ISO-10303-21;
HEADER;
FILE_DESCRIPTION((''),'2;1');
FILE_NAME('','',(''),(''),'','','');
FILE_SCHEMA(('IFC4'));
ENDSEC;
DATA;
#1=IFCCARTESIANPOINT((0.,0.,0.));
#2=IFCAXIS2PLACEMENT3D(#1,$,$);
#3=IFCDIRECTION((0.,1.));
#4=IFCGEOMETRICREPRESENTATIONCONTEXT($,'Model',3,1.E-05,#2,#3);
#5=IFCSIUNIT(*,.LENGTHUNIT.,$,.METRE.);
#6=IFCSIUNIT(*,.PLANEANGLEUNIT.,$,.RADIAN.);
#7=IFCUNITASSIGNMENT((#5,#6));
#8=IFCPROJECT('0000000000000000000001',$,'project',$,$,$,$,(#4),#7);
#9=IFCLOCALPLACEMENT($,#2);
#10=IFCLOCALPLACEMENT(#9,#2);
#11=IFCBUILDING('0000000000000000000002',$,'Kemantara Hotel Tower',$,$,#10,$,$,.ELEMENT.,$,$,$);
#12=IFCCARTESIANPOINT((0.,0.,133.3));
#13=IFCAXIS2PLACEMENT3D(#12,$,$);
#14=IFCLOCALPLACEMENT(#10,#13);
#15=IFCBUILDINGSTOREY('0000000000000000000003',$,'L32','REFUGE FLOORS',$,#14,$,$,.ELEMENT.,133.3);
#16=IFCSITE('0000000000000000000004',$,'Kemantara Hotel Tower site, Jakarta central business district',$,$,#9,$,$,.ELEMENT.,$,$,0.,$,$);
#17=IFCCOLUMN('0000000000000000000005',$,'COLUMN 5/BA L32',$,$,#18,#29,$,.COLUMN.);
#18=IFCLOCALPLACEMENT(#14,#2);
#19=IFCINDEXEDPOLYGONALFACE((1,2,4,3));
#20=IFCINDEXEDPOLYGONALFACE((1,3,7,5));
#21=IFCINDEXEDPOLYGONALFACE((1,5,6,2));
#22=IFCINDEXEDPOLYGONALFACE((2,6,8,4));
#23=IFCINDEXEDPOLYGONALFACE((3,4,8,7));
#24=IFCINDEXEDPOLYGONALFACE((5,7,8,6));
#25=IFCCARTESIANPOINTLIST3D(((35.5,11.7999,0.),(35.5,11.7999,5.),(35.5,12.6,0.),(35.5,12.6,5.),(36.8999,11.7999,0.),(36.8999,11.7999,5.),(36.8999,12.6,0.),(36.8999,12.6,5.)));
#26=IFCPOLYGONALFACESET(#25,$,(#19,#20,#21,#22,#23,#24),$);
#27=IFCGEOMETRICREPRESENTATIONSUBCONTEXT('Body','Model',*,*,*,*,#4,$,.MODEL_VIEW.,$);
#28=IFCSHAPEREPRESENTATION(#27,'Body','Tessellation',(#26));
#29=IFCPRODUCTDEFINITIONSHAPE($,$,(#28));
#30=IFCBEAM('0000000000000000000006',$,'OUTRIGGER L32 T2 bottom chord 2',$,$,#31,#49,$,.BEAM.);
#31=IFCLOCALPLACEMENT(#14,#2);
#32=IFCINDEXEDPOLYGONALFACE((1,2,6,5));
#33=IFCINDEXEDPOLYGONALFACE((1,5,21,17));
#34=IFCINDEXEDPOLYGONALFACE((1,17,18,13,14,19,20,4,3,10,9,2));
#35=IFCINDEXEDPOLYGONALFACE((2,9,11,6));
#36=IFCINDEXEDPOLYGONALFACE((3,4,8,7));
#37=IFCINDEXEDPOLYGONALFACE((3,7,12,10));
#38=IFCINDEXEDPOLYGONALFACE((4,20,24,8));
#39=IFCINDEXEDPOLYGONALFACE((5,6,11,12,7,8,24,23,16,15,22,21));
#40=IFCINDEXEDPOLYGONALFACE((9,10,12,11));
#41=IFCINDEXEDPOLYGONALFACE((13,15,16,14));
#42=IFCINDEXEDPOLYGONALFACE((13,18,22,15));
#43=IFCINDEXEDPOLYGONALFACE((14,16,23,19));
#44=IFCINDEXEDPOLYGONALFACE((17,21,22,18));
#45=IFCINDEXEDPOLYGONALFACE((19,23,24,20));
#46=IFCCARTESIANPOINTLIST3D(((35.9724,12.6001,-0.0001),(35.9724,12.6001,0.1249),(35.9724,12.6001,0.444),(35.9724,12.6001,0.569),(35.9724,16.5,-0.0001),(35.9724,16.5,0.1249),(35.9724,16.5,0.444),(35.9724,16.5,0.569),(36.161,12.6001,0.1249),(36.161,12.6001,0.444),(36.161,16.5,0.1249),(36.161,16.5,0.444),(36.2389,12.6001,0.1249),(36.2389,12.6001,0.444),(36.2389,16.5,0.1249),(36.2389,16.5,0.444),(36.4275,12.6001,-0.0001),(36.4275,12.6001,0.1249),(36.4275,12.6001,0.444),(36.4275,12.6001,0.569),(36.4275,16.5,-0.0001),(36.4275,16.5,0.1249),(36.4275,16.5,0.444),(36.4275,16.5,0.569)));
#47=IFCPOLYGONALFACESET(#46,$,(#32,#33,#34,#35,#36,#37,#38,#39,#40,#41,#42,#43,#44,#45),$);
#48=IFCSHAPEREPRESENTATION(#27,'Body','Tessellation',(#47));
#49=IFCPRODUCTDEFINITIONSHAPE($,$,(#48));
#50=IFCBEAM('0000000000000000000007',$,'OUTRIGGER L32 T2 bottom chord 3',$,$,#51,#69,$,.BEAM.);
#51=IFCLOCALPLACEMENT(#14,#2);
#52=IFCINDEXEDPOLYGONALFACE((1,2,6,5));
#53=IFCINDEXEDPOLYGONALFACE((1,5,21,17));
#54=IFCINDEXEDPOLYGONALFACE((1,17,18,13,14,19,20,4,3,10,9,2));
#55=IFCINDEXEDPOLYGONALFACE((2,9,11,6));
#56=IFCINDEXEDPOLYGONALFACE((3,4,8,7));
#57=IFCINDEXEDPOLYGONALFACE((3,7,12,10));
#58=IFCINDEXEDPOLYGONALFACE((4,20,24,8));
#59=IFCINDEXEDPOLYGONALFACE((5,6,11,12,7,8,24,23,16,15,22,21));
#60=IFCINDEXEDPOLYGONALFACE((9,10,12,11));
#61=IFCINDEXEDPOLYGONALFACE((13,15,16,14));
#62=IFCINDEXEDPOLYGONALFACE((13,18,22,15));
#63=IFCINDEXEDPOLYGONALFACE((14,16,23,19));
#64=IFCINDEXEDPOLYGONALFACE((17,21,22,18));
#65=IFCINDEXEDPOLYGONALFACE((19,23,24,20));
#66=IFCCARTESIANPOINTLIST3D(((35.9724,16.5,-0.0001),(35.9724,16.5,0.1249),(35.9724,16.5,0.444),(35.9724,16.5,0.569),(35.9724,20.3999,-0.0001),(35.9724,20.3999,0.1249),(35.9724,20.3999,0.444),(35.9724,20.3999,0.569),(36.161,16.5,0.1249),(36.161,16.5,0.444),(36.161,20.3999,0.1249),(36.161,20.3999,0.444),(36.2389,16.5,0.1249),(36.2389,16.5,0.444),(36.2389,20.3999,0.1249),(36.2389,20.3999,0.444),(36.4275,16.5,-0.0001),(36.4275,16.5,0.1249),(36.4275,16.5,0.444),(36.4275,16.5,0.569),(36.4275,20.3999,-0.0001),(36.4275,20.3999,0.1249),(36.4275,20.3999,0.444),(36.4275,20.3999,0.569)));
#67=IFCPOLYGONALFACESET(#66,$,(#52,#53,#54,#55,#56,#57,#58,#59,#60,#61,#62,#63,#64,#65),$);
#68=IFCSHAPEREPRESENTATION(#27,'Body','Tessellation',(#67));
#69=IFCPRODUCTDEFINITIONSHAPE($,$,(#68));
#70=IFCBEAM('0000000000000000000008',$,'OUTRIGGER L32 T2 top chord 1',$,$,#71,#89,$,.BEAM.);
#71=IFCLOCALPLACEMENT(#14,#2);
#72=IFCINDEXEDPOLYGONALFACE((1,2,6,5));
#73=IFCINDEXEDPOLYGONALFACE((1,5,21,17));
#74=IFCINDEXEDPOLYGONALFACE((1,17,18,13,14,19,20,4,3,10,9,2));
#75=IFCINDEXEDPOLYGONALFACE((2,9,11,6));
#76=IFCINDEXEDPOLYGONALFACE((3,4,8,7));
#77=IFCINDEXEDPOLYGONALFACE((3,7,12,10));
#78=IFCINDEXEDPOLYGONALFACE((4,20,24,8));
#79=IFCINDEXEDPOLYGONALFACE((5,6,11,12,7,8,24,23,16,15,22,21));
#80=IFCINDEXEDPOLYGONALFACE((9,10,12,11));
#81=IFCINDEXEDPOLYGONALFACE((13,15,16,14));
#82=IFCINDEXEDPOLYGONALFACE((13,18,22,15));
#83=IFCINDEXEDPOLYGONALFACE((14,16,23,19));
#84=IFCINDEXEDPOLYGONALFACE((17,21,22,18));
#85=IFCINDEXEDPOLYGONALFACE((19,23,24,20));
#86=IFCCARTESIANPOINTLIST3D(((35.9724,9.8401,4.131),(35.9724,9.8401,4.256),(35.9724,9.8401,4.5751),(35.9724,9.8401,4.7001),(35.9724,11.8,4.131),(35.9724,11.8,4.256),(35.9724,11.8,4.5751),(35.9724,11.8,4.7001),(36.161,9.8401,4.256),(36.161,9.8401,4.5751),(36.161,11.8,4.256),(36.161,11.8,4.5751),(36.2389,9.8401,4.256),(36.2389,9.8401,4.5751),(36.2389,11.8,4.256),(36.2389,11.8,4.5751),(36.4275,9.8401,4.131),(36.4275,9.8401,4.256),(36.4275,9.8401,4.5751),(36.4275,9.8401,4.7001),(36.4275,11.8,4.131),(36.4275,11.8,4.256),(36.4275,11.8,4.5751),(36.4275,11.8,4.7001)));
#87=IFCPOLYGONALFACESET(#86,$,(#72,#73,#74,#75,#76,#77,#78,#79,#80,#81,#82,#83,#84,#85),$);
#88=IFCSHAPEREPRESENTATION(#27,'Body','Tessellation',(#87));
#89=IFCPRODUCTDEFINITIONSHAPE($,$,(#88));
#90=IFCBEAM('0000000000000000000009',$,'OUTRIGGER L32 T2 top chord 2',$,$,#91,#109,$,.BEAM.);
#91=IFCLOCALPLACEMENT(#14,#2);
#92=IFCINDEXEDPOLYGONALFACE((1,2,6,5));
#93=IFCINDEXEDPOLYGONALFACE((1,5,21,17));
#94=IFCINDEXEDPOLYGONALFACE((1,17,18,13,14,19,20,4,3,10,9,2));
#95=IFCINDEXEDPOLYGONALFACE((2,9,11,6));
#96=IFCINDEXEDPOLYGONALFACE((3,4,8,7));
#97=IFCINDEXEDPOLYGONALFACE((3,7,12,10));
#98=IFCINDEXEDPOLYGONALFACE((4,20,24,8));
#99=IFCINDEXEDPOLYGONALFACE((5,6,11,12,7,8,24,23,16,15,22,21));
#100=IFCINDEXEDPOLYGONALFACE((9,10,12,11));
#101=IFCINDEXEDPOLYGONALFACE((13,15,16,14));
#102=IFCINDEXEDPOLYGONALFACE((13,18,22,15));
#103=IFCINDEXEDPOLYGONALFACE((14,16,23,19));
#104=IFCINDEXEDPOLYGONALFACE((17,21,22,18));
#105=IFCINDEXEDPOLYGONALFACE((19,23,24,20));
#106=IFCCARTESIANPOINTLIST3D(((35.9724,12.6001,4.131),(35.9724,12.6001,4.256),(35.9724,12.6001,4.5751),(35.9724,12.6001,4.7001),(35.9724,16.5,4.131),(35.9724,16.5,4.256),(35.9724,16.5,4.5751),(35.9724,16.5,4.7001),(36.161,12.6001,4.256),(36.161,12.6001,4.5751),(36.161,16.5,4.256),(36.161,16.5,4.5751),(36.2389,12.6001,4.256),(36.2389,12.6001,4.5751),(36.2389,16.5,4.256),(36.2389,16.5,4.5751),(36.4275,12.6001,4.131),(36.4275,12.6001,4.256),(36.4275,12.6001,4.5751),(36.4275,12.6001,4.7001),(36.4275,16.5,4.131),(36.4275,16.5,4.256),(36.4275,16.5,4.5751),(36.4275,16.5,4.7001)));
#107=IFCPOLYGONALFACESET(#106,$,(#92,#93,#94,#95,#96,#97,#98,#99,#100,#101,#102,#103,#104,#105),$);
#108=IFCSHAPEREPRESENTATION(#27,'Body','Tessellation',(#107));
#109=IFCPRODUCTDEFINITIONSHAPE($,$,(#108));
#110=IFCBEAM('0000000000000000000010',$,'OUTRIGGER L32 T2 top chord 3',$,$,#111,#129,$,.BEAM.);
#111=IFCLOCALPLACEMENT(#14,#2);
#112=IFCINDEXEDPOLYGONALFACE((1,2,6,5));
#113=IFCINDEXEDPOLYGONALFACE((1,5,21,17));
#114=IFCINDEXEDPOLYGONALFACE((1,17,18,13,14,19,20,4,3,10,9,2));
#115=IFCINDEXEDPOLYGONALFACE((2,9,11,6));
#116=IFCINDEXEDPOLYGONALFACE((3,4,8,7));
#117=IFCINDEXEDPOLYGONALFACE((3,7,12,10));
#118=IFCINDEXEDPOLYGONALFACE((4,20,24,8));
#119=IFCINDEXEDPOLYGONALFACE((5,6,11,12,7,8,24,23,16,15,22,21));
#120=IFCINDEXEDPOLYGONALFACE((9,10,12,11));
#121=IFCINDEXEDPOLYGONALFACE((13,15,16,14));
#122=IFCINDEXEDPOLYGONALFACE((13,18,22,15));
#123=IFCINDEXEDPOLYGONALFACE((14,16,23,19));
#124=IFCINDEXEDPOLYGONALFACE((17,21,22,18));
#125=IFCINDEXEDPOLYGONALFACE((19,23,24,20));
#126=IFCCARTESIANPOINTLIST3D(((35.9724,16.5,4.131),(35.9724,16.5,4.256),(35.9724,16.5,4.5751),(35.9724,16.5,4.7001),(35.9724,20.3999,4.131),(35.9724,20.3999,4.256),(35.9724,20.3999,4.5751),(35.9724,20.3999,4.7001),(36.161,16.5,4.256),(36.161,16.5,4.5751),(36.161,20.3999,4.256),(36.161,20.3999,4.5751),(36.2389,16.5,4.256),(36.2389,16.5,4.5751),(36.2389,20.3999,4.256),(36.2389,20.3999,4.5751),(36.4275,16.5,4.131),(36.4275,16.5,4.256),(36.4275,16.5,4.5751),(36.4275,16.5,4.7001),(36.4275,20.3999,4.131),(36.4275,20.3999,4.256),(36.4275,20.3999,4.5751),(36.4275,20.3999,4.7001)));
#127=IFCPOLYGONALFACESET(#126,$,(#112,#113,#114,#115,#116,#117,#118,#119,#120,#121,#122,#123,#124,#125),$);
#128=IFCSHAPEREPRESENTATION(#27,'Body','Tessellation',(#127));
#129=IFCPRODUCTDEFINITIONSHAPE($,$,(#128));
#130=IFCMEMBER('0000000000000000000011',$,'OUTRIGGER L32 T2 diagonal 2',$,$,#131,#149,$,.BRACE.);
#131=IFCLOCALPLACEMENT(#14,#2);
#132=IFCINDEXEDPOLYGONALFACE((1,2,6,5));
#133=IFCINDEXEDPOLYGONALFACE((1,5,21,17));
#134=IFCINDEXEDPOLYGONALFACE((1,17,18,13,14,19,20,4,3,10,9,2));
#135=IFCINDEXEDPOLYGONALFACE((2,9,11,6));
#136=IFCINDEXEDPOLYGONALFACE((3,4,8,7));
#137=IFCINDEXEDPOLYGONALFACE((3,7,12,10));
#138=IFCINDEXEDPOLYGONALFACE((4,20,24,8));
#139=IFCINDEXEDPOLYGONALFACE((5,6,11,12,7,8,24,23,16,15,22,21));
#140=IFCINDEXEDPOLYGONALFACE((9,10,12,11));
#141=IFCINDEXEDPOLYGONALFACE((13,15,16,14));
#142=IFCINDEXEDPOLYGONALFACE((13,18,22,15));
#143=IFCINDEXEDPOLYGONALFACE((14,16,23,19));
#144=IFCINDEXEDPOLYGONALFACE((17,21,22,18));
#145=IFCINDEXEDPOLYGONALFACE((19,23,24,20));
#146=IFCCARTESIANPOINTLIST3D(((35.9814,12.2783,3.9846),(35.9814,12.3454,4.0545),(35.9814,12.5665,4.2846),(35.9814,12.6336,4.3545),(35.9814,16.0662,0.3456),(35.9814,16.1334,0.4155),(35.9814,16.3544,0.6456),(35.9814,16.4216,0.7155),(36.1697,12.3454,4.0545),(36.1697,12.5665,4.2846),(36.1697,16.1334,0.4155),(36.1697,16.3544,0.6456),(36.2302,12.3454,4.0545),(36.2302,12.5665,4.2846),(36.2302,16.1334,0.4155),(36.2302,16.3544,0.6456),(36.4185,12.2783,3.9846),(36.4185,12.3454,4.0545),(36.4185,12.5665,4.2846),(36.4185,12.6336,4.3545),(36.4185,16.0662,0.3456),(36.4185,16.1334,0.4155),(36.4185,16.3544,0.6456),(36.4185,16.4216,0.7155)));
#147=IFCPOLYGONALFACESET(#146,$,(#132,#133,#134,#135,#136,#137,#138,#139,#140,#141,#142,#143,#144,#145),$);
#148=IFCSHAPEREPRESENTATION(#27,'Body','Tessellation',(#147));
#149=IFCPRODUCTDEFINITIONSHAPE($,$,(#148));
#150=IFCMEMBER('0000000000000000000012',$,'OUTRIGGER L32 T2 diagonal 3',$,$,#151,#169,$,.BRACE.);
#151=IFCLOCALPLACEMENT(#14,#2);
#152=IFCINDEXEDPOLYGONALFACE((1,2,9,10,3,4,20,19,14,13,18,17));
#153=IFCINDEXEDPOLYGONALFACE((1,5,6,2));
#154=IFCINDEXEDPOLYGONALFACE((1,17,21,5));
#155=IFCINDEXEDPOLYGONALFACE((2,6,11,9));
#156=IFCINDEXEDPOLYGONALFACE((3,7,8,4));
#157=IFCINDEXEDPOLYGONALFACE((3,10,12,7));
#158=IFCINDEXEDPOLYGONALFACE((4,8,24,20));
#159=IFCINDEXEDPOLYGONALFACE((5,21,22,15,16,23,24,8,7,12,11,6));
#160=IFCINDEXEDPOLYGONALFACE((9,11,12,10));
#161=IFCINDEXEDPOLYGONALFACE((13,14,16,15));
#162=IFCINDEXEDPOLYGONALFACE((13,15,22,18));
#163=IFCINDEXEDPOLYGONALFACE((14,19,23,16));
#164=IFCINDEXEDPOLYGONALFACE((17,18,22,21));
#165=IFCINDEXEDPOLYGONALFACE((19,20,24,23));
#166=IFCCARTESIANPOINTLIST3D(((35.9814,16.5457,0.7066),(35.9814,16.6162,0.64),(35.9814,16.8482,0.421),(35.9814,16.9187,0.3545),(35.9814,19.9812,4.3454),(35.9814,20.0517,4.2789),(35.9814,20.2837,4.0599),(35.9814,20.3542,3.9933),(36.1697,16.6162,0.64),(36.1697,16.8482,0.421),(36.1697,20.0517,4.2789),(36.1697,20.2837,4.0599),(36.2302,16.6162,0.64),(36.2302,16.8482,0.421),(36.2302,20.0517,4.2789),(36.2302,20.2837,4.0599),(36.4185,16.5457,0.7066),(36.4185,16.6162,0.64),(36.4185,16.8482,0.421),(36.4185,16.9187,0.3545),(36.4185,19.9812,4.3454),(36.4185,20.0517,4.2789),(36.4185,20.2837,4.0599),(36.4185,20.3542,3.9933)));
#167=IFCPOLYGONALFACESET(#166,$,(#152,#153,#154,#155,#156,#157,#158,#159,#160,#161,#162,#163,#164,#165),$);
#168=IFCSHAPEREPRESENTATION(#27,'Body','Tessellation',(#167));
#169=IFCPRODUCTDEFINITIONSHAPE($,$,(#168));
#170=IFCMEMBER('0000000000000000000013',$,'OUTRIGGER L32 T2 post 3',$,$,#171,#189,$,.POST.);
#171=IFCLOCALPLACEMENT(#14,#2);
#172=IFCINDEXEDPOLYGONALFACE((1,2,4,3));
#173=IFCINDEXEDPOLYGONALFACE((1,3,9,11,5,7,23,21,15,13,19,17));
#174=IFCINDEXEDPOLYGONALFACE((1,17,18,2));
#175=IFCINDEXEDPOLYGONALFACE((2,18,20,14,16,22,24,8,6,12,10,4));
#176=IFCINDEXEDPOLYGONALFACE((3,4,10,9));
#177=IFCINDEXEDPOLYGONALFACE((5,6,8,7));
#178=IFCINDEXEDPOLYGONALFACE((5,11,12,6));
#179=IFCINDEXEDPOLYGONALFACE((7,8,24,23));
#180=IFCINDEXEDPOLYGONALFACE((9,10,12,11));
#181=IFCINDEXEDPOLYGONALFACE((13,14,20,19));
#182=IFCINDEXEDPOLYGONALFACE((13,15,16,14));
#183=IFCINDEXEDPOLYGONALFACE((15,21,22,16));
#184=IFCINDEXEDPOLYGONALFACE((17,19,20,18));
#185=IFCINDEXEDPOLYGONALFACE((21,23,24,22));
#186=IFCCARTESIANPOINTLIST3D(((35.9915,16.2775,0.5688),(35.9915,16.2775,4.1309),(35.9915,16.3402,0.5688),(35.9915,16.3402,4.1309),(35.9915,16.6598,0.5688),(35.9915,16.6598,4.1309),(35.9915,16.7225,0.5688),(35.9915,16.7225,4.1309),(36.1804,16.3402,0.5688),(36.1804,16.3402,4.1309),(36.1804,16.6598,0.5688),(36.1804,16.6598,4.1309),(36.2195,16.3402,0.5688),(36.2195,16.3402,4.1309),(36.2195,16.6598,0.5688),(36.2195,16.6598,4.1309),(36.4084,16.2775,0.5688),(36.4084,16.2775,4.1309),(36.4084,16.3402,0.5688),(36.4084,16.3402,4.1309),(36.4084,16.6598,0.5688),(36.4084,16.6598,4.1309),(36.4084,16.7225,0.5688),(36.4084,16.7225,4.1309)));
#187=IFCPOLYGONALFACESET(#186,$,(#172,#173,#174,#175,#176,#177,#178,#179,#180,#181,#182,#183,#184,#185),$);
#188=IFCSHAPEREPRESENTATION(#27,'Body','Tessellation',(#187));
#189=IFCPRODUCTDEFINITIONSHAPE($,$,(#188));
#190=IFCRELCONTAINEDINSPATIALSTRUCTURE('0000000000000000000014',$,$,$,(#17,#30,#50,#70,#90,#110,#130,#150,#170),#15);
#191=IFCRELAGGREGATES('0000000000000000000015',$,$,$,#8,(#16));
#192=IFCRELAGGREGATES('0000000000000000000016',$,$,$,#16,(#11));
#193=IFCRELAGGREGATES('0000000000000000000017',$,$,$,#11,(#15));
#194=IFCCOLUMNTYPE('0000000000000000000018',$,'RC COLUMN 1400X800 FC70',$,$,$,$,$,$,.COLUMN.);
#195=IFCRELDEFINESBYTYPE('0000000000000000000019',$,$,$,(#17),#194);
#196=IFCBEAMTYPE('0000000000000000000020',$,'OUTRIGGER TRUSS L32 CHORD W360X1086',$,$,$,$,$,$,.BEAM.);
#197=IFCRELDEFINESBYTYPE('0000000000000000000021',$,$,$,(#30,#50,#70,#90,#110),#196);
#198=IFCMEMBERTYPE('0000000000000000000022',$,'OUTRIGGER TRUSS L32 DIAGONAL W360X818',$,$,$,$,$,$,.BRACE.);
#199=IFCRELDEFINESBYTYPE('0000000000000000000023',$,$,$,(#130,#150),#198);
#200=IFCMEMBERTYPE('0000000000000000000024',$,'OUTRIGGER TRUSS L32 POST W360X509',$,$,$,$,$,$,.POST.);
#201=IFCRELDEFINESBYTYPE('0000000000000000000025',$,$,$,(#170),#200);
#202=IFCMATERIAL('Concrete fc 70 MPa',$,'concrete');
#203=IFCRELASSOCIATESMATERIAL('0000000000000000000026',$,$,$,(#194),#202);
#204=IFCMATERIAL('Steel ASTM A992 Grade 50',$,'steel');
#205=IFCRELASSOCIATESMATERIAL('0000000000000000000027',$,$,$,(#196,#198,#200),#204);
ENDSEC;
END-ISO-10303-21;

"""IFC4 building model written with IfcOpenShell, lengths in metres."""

from ifc_helpers import new_model, si_unit, direction, frame, origin, origin_2d, place, context, subcontext, project, spatial, rectangle, i_section, extrude, material, material_profile, profile_set, type_object, element, save


model = new_model("IFC4")

# Units and contexts
model_context = context("Model", 3, precision=1e-05, world=origin(), true_north=direction((0.0, 1.0)))
body_context = subcontext(model_context, "Body", "Model", "MODEL_VIEW")
ifc_project = project(units=[si_unit("LENGTHUNIT", "METRE"), si_unit("PLANEANGLEUNIT", "RADIAN")], contexts=[model_context])

# Site, building, storey
site_placement = place(None, origin())
site = spatial("IfcSite", under=ifc_project, at=site_placement, Name="Kemantara Hotel Tower site, Jakarta central business district", CompositionType="ELEMENT", RefElevation=0.0)
building_placement = place(site_placement, origin())
building = spatial("IfcBuilding", under=site, at=building_placement, Name="Kemantara Hotel Tower", CompositionType="ELEMENT")
storey_placement = place(building_placement, frame((0.0, 0.0, 133.3)))
storey = spatial("IfcBuildingStorey", under=building, at=storey_placement, Name="L32", Description="REFUGE FLOORS", CompositionType="ELEMENT", Elevation=133.3)

# Column
ifc_material_1 = material(Name="Concrete fc 70 MPa", Category="concrete")
ifc_material_profile_1 = material_profile(ifc_material_1, rectangle(XDim=1.3999, YDim=0.8, at=origin_2d()), Name="RC 1400X800")
ifc_profile_set_1 = profile_set([ifc_material_profile_1], Name="Concrete fc 70 MPa")
column_type = type_object("IfcColumnType", Name="RC COLUMN 1400X800 FC70", PredefinedType="COLUMN", material=ifc_profile_set_1)
column_placement = place(storey_placement, frame((36.2, 12.2, 0.0), z_axis=(0.0, 0.0, 1.0), x_axis=(1.0, 0.0, 0.0)))
element("IfcColumn", 1, at=column_placement, inside=storey, type_object=column_type, Name="COLUMN 5/BA L32", PredefinedType="COLUMN", context=body_context, shape_type="SweptSolid", body=[
    extrude(rectangle(XDim=1.3999, YDim=0.8, at=origin_2d()), origin(), (0.0, 0.0, 1.0), 5.0),
])

# Beams
ifc_material_2 = material(Name="Steel ASTM A992 Grade 50", Category="steel")
ifc_material_profile_2 = material_profile(ifc_material_2, i_section(OverallWidth=0.4551, OverallDepth=0.5691, WebThickness=0.0779, FlangeThickness=0.125, at=origin_2d()), Name="W360X1086")
ifc_profile_set_2 = profile_set([ifc_material_profile_2], Name="Steel ASTM A992 Grade 50")
beam_type = type_object("IfcBeamType", Name="OUTRIGGER TRUSS L32 CHORD W360X1086", PredefinedType="BEAM", material=ifc_profile_set_2)
for number, where, z_axis, x_axis, name in (
    (2, (36.2, 12.6001, 0.2844), (0.0, 1.0, 0.0), (-1.0, 0.0, 0.0), "OUTRIGGER L32 T2 bottom chord 2"),
    (3, (36.2, 16.5, 0.2844), (0.0, 1.0, 0.0), (-1.0, 0.0, 0.0), "OUTRIGGER L32 T2 bottom chord 3"),
):
    element("IfcBeam", number, at=place(storey_placement, frame(where, z_axis=z_axis, x_axis=x_axis)), inside=storey, type_object=beam_type, Name=name, PredefinedType="BEAM", context=body_context, shape_type="SweptSolid", body=[
        extrude(i_section(OverallWidth=0.4551, OverallDepth=0.5691, WebThickness=0.0779, FlangeThickness=0.125, at=origin_2d()), origin(), (0.0, 0.0, 1.0), 3.8999),
    ])
beam_placement = place(storey_placement, frame((36.2, 9.8401, 4.4155), z_axis=(0.0, 1.0, 0.0), x_axis=(-1.0, 0.0, 0.0)))
element("IfcBeam", 4, at=beam_placement, inside=storey, type_object=beam_type, Name="OUTRIGGER L32 T2 top chord 1", PredefinedType="BEAM", context=body_context, shape_type="SweptSolid", body=[
    extrude(i_section(OverallWidth=0.4551, OverallDepth=0.5691, WebThickness=0.0779, FlangeThickness=0.125, at=origin_2d()), origin(), (0.0, 0.0, 1.0), 1.96),
])
for number, where, z_axis, x_axis, name in (
    (5, (36.2, 12.6001, 4.4155), (0.0, 1.0, 0.0), (-1.0, 0.0, 0.0), "OUTRIGGER L32 T2 top chord 2"),
    (6, (36.2, 16.5, 4.4155), (0.0, 1.0, 0.0), (-1.0, 0.0, 0.0), "OUTRIGGER L32 T2 top chord 3"),
):
    element("IfcBeam", number, at=place(storey_placement, frame(where, z_axis=z_axis, x_axis=x_axis)), inside=storey, type_object=beam_type, Name=name, PredefinedType="BEAM", context=body_context, shape_type="SweptSolid", body=[
        extrude(i_section(OverallWidth=0.4551, OverallDepth=0.5691, WebThickness=0.0779, FlangeThickness=0.125, at=origin_2d()), origin(), (0.0, 0.0, 1.0), 3.8999),
    ])

# Members
ifc_material_profile_3 = material_profile(ifc_material_2, i_section(OverallWidth=0.437, OverallDepth=0.5129, WebThickness=0.0605, FlangeThickness=0.0969, at=origin_2d()), Name="W360X818")
ifc_profile_set_3 = profile_set([ifc_material_profile_3], Name="Steel ASTM A992 Grade 50")
member_type_1 = type_object("IfcMemberType", Name="OUTRIGGER TRUSS L32 DIAGONAL W360X818", PredefinedType="BRACE", material=ifc_profile_set_3)
member_1_placement = place(storey_placement, frame((36.2, 16.2439, 0.5305), z_axis=(0.0, -0.721141, 0.692788), x_axis=(1.0, 0.0, 0.0)))
element("IfcMember", 7, at=member_1_placement, inside=storey, type_object=member_type_1, Name="OUTRIGGER L32 T2 diagonal 2", PredefinedType="BRACE", context=body_context, shape_type="SweptSolid", body=[
    extrude(i_section(OverallWidth=0.437, OverallDepth=0.5129, WebThickness=0.0605, FlangeThickness=0.0969, at=origin_2d()), origin(), (0.0, 0.0, 1.0), 5.2527),
])
member_2_placement = place(storey_placement, frame((36.2, 16.7322, 0.5305), z_axis=(0.0, 0.686496, 0.727134), x_axis=(-1.0, 0.0, 0.0)))
element("IfcMember", 8, at=member_2_placement, inside=storey, type_object=member_type_1, Name="OUTRIGGER L32 T2 diagonal 3", PredefinedType="BRACE", context=body_context, shape_type="SweptSolid", body=[
    extrude(i_section(OverallWidth=0.437, OverallDepth=0.5129, WebThickness=0.0605, FlangeThickness=0.0969, at=origin_2d()), origin(), (0.0, 0.0, 1.0), 5.0044),
])
ifc_material_profile_4 = material_profile(ifc_material_2, i_section(OverallWidth=0.417, OverallDepth=0.4451, WebThickness=0.0391, FlangeThickness=0.0627, at=origin_2d()), Name="W360X509")
ifc_profile_set_4 = profile_set([ifc_material_profile_4], Name="Steel ASTM A992 Grade 50")
member_type_2 = type_object("IfcMemberType", Name="OUTRIGGER TRUSS L32 POST W360X509", PredefinedType="POST", material=ifc_profile_set_4)
member_3_placement = place(storey_placement, frame((36.2, 16.5, 0.5688), z_axis=(0.0, 0.0, 1.0), x_axis=(1.0, 0.0, 0.0)))
element("IfcMember", 9, at=member_3_placement, inside=storey, type_object=member_type_2, Name="OUTRIGGER L32 T2 post 3", PredefinedType="POST", context=body_context, shape_type="SweptSolid", body=[
    extrude(i_section(OverallWidth=0.417, OverallDepth=0.4451, WebThickness=0.0391, FlangeThickness=0.0627, at=origin_2d()), origin(), (0.0, 0.0, 1.0), 3.562),
])

save(model, "model.ifc")
